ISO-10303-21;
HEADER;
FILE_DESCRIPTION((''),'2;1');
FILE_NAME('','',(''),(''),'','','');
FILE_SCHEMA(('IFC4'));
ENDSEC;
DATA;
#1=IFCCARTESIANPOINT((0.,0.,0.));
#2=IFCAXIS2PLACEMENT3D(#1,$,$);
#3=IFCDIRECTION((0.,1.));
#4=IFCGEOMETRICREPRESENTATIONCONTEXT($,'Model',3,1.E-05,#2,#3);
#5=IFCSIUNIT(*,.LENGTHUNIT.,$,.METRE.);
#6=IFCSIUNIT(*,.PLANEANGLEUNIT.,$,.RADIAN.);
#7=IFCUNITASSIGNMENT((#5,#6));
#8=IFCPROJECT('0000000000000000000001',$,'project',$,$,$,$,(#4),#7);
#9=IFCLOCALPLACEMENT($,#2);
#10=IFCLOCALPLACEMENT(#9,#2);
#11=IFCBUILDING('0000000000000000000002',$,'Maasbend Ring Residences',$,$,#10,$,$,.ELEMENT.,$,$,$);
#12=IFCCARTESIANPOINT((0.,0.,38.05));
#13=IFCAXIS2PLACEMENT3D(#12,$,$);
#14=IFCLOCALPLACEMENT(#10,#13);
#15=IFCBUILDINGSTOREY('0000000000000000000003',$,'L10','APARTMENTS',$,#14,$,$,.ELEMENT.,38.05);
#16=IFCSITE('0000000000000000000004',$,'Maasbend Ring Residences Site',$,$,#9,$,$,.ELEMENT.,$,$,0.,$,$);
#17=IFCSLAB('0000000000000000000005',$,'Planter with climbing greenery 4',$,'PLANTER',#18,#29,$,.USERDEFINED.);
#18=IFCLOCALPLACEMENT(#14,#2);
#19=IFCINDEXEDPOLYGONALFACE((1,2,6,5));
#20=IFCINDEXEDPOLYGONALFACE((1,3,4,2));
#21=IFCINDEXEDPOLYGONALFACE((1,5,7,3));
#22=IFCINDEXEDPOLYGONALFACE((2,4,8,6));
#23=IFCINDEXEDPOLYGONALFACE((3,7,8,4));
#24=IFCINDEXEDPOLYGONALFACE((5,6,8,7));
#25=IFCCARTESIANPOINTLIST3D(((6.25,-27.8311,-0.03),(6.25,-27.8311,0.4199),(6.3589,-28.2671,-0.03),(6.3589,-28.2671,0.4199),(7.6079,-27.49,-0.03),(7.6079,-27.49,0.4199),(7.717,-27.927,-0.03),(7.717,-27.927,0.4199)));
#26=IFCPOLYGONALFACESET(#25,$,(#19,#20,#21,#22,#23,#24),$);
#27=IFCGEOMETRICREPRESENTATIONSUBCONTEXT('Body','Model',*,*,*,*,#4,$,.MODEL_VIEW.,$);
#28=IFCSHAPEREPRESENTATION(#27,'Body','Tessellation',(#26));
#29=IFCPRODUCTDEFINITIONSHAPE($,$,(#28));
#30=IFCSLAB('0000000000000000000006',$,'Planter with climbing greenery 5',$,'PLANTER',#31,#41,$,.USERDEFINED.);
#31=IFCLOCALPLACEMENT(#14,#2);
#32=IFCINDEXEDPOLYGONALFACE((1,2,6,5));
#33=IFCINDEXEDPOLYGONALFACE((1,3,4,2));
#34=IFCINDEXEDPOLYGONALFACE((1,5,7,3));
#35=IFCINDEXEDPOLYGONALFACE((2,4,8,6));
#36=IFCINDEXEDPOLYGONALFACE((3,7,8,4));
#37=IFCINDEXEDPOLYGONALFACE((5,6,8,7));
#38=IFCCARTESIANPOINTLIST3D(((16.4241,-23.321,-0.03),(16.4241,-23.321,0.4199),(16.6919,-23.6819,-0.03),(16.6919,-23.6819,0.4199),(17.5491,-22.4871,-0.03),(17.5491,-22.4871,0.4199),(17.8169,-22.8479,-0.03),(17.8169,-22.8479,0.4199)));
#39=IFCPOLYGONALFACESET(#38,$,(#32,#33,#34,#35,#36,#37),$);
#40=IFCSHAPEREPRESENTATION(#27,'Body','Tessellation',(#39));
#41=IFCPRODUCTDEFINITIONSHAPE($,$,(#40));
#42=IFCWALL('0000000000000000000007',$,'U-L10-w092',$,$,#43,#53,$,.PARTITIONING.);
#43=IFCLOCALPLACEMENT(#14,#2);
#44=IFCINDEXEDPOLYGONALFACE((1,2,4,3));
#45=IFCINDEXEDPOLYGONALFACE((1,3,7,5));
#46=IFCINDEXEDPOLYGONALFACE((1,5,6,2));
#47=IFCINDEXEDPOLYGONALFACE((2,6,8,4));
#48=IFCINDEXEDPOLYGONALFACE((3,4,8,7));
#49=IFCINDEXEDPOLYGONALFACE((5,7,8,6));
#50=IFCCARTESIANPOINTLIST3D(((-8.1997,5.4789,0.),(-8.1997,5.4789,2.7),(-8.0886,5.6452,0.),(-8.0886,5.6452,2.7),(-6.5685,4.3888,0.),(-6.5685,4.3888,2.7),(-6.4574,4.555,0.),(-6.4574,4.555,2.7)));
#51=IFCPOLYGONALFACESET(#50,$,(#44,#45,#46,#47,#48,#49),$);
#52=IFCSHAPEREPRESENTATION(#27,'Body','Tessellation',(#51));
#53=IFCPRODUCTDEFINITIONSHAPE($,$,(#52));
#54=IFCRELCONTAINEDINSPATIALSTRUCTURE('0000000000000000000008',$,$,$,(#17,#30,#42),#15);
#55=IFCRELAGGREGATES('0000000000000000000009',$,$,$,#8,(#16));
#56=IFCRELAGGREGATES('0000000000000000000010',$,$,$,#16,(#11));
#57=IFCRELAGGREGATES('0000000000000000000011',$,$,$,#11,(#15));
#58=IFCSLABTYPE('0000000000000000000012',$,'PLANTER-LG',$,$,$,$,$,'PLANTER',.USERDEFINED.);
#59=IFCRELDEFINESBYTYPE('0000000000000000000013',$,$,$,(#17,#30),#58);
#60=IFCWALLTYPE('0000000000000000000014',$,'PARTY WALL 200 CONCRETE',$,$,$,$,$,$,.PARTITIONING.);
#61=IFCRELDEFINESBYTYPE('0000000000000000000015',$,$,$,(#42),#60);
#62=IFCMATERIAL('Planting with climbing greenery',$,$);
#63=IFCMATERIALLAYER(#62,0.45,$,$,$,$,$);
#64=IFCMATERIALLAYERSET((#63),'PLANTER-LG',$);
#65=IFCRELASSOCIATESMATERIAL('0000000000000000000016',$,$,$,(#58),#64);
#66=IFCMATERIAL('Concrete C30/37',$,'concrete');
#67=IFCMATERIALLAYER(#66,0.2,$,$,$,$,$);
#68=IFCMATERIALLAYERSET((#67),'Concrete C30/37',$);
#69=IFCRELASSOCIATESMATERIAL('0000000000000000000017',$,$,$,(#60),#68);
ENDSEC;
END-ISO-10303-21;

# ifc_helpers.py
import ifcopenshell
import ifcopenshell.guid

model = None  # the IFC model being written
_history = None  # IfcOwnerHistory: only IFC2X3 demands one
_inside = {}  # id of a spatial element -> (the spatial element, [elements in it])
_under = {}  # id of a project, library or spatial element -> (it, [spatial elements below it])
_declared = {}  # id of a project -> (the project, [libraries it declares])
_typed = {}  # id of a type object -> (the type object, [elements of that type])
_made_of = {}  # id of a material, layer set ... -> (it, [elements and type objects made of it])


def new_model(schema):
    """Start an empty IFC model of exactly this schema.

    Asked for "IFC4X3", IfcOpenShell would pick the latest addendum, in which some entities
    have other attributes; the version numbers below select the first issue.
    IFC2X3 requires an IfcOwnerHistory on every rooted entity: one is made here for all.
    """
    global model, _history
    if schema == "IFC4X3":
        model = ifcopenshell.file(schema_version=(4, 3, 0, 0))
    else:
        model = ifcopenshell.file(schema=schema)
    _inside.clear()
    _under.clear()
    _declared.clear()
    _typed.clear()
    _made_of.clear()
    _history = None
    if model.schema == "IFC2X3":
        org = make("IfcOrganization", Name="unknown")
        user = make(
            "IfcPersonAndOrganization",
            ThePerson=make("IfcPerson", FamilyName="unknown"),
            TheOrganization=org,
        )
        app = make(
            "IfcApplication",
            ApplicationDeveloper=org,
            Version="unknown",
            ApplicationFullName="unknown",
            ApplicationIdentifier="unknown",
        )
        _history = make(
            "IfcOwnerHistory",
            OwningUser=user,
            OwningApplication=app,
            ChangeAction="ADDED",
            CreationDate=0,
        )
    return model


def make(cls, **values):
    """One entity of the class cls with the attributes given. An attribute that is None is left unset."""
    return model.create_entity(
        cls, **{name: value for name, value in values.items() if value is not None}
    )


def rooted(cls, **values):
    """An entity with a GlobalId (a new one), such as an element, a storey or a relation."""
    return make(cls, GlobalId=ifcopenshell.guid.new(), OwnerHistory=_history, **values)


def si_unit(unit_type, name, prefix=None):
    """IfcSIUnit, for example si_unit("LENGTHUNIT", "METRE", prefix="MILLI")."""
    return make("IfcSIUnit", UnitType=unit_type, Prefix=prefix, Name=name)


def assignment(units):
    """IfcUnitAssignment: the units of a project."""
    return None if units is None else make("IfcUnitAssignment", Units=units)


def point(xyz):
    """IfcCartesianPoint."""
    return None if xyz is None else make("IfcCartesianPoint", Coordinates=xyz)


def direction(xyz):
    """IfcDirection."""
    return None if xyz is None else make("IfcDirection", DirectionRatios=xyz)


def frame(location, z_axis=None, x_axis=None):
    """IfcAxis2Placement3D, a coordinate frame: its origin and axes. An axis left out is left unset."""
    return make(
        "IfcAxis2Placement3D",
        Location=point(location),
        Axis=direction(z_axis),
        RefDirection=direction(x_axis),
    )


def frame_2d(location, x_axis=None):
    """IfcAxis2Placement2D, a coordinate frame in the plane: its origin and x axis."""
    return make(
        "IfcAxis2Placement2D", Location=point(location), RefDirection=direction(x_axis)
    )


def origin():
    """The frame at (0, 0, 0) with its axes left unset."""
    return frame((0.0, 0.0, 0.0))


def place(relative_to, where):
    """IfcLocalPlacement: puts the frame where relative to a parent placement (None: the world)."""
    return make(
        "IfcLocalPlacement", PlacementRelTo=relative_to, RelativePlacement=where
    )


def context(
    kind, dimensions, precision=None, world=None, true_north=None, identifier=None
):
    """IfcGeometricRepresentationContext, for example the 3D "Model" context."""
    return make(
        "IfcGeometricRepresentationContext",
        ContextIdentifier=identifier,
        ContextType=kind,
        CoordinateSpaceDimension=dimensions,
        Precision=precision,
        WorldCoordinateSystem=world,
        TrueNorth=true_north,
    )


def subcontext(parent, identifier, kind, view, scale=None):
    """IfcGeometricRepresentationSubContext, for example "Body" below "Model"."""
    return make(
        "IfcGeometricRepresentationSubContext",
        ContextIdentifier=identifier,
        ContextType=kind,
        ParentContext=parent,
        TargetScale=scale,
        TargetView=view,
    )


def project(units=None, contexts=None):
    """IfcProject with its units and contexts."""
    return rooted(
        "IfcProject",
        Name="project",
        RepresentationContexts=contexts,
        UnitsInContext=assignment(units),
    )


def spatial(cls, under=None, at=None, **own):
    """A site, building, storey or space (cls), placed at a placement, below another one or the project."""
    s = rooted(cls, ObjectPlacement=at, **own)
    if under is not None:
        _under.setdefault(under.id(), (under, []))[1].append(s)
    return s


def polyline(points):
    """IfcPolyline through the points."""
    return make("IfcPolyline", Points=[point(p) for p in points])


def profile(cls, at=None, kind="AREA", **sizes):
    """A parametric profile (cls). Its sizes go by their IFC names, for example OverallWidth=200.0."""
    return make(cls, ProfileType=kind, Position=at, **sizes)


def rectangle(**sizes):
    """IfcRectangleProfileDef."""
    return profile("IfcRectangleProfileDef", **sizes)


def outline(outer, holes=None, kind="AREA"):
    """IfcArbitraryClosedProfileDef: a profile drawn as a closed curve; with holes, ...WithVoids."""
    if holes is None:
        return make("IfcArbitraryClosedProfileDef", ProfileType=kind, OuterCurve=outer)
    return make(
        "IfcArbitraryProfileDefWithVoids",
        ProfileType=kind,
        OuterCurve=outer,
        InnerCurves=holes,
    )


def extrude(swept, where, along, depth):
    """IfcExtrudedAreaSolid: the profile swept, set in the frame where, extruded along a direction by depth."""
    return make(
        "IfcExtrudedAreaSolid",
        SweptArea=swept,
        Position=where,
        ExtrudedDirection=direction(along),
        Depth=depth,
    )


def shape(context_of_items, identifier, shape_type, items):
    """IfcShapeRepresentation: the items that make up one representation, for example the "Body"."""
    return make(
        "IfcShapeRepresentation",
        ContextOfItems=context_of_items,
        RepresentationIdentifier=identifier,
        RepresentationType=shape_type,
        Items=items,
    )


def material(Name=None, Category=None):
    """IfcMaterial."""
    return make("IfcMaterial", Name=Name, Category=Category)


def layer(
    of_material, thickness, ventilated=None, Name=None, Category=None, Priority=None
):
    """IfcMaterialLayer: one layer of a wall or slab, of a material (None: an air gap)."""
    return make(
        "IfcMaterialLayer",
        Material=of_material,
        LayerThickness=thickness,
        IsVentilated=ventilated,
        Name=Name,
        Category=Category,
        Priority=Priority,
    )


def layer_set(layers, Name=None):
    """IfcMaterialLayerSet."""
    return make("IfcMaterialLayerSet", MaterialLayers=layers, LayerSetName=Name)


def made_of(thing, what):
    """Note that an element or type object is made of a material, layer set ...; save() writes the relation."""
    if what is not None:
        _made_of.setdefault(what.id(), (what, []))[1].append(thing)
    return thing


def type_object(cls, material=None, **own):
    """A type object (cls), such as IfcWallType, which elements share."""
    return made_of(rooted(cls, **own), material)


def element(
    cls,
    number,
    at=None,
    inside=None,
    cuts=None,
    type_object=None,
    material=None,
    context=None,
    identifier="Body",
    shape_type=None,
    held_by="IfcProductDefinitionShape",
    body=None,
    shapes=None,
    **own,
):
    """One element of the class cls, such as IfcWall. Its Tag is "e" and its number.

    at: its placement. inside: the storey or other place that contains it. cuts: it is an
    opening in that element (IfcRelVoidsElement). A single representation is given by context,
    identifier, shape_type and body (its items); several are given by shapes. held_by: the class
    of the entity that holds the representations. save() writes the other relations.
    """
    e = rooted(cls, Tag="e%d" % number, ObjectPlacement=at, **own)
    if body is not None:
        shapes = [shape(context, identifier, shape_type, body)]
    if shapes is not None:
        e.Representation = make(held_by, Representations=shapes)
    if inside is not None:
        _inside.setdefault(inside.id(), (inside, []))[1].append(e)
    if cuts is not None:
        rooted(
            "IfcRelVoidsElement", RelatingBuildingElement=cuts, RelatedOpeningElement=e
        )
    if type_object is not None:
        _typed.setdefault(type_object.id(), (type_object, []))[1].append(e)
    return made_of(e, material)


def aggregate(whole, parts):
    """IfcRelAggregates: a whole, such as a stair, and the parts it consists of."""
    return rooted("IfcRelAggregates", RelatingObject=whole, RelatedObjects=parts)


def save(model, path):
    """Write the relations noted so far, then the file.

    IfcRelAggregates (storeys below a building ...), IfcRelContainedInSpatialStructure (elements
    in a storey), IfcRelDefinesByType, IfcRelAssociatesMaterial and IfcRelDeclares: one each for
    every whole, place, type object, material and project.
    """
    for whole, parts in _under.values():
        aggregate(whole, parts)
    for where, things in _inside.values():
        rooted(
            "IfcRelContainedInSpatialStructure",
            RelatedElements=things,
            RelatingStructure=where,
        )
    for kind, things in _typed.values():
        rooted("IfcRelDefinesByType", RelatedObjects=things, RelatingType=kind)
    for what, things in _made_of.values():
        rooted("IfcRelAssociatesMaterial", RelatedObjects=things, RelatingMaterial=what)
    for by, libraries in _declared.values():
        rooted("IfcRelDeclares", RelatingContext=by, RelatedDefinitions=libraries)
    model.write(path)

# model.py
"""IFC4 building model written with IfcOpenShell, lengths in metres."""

from ifc_helpers import new_model, si_unit, direction, frame, frame_2d, origin, place, context, subcontext, project, spatial, polyline, rectangle, outline, extrude, material, layer, layer_set, type_object, element, save


model = new_model("IFC4")

# Units and contexts
model_context = context("Model", 3, precision=1e-05, world=origin(), true_north=direction((0.0, 1.0)))
body_context = subcontext(model_context, "Body", "Model", "MODEL_VIEW")
ifc_project = project(units=[si_unit("LENGTHUNIT", "METRE"), si_unit("PLANEANGLEUNIT", "RADIAN")], contexts=[model_context])

# Site, building, storey
site_placement = place(None, origin())
site = spatial("IfcSite", under=ifc_project, at=site_placement, Name="Maasbend Ring Residences Site", CompositionType="ELEMENT", RefElevation=0.0)
building_placement = place(site_placement, origin())
building = spatial("IfcBuilding", under=site, at=building_placement, Name="Maasbend Ring Residences", CompositionType="ELEMENT")
storey_placement = place(building_placement, frame((0.0, 0.0, 38.05)))
storey = spatial("IfcBuildingStorey", under=building, at=storey_placement, Name="L10", Description="APARTMENTS", CompositionType="ELEMENT", Elevation=38.05)

# Slabs
ifc_material_1 = material(Name="Planting with climbing greenery")
ifc_layer_1 = layer(ifc_material_1, 0.45)
ifc_layer_set_1 = layer_set([ifc_layer_1], Name="PLANTER-LG")
slab_type_1 = type_object("IfcSlabType", Name="PLANTER-LG", ElementType="PLANTER", PredefinedType="USERDEFINED", material=ifc_layer_set_1)
slab_1_placement = place(storey_placement, frame((0.0, 0.0, -0.03)))
element("IfcSlab", 1, at=slab_1_placement, inside=storey, type_object=slab_type_1, Name="Planter with climbing greenery 4", ObjectType="PLANTER", PredefinedType="USERDEFINED", context=body_context, shape_type="SweptSolid", body=[
    extrude(outline(polyline([(6.3589, -28.2671), (7.717, -27.927), (7.6079, -27.49), (6.25, -27.8311), (6.3589, -28.2671)])), origin(), (0.0, 0.0, 1.0), 0.45),
])
slab_2_placement = place(storey_placement, frame((0.0, 0.0, -0.03)))
element("IfcSlab", 2, at=slab_2_placement, inside=storey, type_object=slab_type_1, Name="Planter with climbing greenery 5", ObjectType="PLANTER", PredefinedType="USERDEFINED", context=body_context, shape_type="SweptSolid", body=[
    extrude(outline(polyline([(16.6919, -23.6819), (17.8169, -22.8479), (17.5491, -22.4871), (16.4241, -23.321), (16.6919, -23.6819)])), origin(), (0.0, 0.0, 1.0), 0.45),
])

# Wall
ifc_material_2 = material(Name="Concrete C30/37", Category="concrete")
ifc_layer_2 = layer(ifc_material_2, 0.2)
ifc_layer_set_2 = layer_set([ifc_layer_2], Name="Concrete C30/37")
wall_type = type_object("IfcWallType", Name="PARTY WALL 200 CONCRETE", PredefinedType="PARTITIONING", material=ifc_layer_set_2)
wall_placement = place(storey_placement, frame((-6.5129, 4.4719, 0.0), z_axis=(0.0, 0.0, 1.0), x_axis=(-0.831418, 0.555648, 0.0)))
element("IfcWall", 3, at=wall_placement, inside=storey, type_object=wall_type, Name="U-L10-w092", PredefinedType="PARTITIONING", context=body_context, shape_type="SweptSolid", body=[
    extrude(rectangle(XDim=1.9619, YDim=0.2, at=frame_2d((0.981, 0.0))), origin(), (0.0, 0.0, 1.0), 2.7),
])

save(model, "model.ifc")
